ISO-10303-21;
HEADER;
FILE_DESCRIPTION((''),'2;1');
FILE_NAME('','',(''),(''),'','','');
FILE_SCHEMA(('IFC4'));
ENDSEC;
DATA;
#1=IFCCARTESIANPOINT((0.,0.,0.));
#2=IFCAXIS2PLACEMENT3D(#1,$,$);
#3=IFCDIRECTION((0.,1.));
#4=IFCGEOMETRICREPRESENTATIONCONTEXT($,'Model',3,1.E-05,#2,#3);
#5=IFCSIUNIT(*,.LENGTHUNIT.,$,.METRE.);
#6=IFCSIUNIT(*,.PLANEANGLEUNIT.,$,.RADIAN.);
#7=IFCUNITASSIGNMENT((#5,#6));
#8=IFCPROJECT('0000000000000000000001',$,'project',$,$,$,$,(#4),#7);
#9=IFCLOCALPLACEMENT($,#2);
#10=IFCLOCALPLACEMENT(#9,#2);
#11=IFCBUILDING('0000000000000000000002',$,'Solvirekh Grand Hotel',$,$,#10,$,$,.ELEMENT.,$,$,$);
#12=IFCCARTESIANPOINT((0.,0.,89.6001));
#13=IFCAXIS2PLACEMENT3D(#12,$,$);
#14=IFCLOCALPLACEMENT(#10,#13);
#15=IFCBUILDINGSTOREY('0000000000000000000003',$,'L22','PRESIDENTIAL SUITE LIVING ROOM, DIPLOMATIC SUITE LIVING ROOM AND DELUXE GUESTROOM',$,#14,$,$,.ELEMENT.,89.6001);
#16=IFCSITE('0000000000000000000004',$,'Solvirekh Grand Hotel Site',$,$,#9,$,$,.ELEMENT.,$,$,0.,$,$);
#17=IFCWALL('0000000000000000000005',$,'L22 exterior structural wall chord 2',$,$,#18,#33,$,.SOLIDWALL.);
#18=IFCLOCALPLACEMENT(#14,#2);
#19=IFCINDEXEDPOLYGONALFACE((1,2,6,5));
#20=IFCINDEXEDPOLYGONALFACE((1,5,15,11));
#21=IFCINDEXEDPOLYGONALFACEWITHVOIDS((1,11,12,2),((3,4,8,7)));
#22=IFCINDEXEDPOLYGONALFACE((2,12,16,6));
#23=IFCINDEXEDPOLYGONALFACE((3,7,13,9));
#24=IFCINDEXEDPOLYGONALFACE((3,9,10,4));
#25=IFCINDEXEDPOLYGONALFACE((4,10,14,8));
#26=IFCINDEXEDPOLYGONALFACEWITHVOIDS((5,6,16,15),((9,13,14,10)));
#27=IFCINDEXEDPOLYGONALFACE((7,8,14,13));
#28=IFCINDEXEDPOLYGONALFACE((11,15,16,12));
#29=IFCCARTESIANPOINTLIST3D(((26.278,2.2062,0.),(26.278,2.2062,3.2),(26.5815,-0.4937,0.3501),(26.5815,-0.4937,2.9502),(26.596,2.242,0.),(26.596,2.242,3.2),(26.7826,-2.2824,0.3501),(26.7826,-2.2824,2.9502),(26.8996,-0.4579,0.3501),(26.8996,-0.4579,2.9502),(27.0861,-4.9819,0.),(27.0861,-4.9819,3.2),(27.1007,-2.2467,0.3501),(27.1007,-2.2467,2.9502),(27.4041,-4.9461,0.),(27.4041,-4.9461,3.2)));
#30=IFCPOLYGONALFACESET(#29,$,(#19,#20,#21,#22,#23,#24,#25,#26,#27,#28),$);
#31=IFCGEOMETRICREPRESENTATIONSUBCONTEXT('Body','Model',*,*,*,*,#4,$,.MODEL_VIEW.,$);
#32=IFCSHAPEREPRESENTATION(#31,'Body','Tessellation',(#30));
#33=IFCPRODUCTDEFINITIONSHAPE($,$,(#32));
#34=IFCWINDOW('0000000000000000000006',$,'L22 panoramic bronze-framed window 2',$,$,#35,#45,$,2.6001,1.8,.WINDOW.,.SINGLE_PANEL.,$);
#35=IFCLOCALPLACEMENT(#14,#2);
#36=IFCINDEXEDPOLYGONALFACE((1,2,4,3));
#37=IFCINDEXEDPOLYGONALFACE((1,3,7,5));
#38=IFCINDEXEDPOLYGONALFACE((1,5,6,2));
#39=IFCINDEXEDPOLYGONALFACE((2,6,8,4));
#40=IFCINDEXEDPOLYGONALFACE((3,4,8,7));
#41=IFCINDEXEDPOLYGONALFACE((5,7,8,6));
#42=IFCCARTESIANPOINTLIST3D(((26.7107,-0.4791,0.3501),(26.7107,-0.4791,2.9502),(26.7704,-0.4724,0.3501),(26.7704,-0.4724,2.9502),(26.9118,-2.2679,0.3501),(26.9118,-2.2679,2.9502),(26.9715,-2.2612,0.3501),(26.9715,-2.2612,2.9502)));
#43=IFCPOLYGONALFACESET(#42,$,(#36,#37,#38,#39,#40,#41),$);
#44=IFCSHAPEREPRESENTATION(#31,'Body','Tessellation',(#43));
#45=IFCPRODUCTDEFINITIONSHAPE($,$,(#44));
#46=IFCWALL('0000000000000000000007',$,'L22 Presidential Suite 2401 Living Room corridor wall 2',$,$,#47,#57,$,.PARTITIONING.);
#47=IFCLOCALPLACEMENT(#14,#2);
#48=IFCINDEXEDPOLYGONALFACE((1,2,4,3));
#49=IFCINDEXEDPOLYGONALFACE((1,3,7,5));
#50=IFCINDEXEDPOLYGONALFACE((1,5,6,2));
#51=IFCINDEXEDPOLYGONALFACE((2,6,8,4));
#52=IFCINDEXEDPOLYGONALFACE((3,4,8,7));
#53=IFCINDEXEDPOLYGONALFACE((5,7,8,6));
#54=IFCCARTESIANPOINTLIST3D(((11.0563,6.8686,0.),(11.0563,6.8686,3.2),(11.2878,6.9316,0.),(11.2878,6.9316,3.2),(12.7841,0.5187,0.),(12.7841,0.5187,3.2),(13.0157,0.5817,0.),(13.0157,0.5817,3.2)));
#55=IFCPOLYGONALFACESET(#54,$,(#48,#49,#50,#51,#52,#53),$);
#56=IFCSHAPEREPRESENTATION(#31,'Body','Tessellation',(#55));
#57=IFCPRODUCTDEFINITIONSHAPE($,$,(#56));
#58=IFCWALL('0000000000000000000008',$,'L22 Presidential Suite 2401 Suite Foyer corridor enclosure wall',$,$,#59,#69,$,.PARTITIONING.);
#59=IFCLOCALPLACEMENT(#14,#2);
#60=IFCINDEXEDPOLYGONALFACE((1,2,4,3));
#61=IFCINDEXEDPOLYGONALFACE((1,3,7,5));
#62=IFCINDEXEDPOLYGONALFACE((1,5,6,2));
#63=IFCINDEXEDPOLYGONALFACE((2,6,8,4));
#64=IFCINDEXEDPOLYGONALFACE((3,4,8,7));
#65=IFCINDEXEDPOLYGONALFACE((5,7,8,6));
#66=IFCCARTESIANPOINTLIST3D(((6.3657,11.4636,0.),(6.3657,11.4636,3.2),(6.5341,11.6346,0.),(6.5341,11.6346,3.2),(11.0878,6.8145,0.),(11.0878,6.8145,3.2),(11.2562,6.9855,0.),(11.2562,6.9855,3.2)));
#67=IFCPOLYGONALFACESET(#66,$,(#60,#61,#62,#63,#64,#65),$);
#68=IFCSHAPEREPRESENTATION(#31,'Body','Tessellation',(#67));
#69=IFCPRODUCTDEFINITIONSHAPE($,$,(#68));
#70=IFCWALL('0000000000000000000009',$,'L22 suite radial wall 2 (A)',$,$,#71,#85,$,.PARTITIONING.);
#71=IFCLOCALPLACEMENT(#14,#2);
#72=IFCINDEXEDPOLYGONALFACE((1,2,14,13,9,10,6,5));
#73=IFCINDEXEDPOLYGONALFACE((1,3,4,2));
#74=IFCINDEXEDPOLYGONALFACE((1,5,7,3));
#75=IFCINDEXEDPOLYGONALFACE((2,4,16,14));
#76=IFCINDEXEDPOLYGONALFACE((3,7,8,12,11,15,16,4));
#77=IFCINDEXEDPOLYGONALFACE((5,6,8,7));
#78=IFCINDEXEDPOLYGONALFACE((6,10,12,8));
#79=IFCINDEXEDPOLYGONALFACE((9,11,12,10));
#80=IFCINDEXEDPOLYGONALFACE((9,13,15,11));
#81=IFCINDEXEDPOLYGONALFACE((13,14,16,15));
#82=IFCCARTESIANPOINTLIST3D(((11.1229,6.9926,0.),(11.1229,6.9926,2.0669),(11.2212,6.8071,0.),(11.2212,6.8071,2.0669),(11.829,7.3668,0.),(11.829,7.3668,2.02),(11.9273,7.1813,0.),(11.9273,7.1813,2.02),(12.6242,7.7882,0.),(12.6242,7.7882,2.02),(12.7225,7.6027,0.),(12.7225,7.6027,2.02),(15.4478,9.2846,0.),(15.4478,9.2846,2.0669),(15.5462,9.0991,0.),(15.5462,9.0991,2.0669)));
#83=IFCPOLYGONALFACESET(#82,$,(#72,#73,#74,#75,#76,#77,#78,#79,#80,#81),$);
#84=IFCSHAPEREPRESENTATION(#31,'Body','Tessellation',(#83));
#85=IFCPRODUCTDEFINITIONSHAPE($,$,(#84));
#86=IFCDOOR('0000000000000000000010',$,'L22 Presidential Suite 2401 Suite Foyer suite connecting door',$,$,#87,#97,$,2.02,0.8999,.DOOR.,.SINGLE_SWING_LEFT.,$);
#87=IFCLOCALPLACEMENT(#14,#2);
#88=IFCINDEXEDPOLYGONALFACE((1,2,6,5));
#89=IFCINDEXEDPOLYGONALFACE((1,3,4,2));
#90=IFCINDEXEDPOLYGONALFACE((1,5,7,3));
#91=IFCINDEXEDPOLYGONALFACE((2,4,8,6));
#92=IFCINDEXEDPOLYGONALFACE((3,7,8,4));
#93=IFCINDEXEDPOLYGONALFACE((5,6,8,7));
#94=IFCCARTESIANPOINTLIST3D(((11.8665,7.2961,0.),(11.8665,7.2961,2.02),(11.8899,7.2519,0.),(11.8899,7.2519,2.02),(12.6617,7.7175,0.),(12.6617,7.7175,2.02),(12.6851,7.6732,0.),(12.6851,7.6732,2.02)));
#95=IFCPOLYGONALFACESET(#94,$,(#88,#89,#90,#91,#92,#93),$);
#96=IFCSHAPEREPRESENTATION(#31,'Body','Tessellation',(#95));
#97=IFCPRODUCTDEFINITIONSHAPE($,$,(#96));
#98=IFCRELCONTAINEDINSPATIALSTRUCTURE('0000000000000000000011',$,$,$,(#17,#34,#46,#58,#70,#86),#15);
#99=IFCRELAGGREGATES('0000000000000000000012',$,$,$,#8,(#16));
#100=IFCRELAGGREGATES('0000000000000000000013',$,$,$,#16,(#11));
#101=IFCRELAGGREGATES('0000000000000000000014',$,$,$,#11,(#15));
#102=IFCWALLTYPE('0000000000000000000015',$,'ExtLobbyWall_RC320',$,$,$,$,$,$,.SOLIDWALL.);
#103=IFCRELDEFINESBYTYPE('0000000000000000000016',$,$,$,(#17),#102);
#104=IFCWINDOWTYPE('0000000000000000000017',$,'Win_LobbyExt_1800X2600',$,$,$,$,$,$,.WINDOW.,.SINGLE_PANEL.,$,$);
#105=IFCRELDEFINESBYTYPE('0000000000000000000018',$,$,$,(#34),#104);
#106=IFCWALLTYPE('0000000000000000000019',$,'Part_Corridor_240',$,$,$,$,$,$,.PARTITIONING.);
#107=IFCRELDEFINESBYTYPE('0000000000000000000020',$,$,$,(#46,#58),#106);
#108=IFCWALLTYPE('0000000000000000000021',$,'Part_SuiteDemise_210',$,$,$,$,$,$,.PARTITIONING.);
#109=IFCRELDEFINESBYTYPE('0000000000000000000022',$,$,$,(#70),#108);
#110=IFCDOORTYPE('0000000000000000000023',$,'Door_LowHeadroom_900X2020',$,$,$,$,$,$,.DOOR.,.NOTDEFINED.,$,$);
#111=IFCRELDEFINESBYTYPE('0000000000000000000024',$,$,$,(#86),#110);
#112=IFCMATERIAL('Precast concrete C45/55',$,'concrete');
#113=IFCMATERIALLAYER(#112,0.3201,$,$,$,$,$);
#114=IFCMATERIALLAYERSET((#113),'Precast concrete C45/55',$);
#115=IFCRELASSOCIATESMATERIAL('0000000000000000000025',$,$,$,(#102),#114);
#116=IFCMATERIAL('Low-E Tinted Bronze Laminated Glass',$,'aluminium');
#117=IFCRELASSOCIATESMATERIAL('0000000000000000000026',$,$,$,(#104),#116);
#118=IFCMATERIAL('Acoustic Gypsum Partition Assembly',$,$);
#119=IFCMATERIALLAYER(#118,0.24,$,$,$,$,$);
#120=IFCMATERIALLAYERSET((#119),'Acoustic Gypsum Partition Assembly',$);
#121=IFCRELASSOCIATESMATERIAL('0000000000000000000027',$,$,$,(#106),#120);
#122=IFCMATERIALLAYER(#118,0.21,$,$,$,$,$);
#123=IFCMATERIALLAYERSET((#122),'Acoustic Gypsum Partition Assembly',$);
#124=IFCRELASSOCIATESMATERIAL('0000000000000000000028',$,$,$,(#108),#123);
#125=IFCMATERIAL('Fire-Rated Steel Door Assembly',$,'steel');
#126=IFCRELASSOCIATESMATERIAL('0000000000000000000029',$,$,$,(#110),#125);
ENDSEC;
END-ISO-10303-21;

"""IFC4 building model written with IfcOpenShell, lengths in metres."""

from ifc_helpers import new_model, si_unit, direction, frame, frame_2d, origin, place, context, subcontext, project, spatial, rectangle, extrude, material, layer, layer_set, type_object, element, fill, save


model = new_model("IFC4")

# Units and contexts
model_context = context("Model", 3, precision=1e-05, world=origin(), true_north=direction((0.0, 1.0)))
body_context = subcontext(model_context, "Body", "Model", "MODEL_VIEW")
ifc_project = project(units=[si_unit("LENGTHUNIT", "METRE"), si_unit("PLANEANGLEUNIT", "RADIAN")], contexts=[model_context])

# Site, building, storey
site_placement = place(None, origin())
site = spatial("IfcSite", under=ifc_project, at=site_placement, Name="Solvirekh Grand Hotel Site", CompositionType="ELEMENT", RefElevation=0.0)
building_placement = place(site_placement, origin())
building = spatial("IfcBuilding", under=site, at=building_placement, Name="Solvirekh Grand Hotel", CompositionType="ELEMENT")
storey_placement = place(building_placement, frame((0.0, 0.0, 89.6001)))
storey = spatial("IfcBuildingStorey", under=building, at=storey_placement, Name="L22", Description="PRESIDENTIAL SUITE LIVING ROOM, DIPLOMATIC SUITE LIVING ROOM AND DELUXE GUESTROOM", CompositionType="ELEMENT", Elevation=89.6001)

# Shared definitions
ifc_material_1 = material(Name="Low-E Tinted Bronze Laminated Glass", Category="aluminium")

# Wall, opening, window
ifc_material_2 = material(Name="Precast concrete C45/55", Category="concrete")
ifc_layer_1 = layer(ifc_material_2, 0.3201)
ifc_layer_set_1 = layer_set([ifc_layer_1], Name="Precast concrete C45/55")
wall_type_1 = type_object("IfcWallType", Name="ExtLobbyWall_RC320", PredefinedType="SOLIDWALL", material=ifc_layer_set_1)
wall_1_placement = place(storey_placement, frame((26.437, 2.2241, 0.0), z_axis=(0.0, 0.0, 1.0), x_axis=(0.111717, -0.99374, 0.0)))
wall_1 = element("IfcWall", 1, at=wall_1_placement, inside=storey, type_object=wall_type_1, Name="L22 exterior structural wall chord 2", PredefinedType="SOLIDWALL", context=body_context, shape_type="SweptSolid", body=[
    extrude(rectangle(XDim=7.2334, YDim=0.3201, at=frame_2d((3.6167, 0.0))), origin(), (0.0, 0.0, 1.0), 3.2),
])
opening_1_placement = place(wall_1_placement, frame((2.717, 0.0, 0.3501)))
opening_1 = element("IfcOpeningElement", 2, at=opening_1_placement, cuts=wall_1, PredefinedType="OPENING", context=body_context, shape_type="SweptSolid", body=[
    extrude(rectangle(XDim=1.8, YDim=2.6001, at=frame_2d((0.8999, 1.3))), frame((0.0, 0.1699, 0.0), z_axis=(0.0, -1.0, 0.0), x_axis=(1.0, 0.0, 0.0)), (0.0, 0.0, 1.0), 0.3401),
])
window_type = type_object("IfcWindowType", Name="Win_LobbyExt_1800X2600", PartitioningType="SINGLE_PANEL", PredefinedType="WINDOW", material=ifc_material_1)
window_placement = place(opening_1_placement, origin())
window = element("IfcWindow", 3, at=window_placement, inside=storey, type_object=window_type, Name="L22 panoramic bronze-framed window 2", OverallHeight=2.6001, OverallWidth=1.8, PartitioningType="SINGLE_PANEL", PredefinedType="WINDOW", context=body_context, shape_type="SweptSolid", body=[
    extrude(rectangle(XDim=1.8, YDim=2.6001, at=frame_2d((0.8999, 1.3))), frame((0.0, 0.03, 0.0), z_axis=(0.0, -1.0, 0.0), x_axis=(1.0, 0.0, 0.0)), (0.0, 0.0, 1.0), 0.0601),
])
fill(opening_1, window)

# Walls
ifc_material_3 = material(Name="Acoustic Gypsum Partition Assembly")
ifc_layer_2 = layer(ifc_material_3, 0.24)
ifc_layer_set_2 = layer_set([ifc_layer_2], Name="Acoustic Gypsum Partition Assembly")
wall_type_2 = type_object("IfcWallType", Name="Part_Corridor_240", PredefinedType="PARTITIONING", material=ifc_layer_set_2)
wall_2_placement = place(storey_placement, frame((12.8999, 0.55, 0.0), z_axis=(0.0, 0.0, 1.0), x_axis=(-0.262552, 0.964918, 0.0)))
element("IfcWall", 4, at=wall_2_placement, inside=storey, type_object=wall_type_2, Name="L22 Presidential Suite 2401 Living Room corridor wall 2", PredefinedType="PARTITIONING", context=body_context, shape_type="SweptSolid", body=[
    extrude(rectangle(XDim=6.5808, YDim=0.24, at=frame_2d((3.2905, 0.0))), origin(), (0.0, 0.0, 1.0), 3.2),
])
wall_3_placement = place(storey_placement, frame((11.1721, 6.8999, 0.0), z_axis=(0.0, 0.0, 1.0), x_axis=(-0.712593, 0.701577, 0.0)))
element("IfcWall", 5, at=wall_3_placement, inside=storey, type_object=wall_type_2, Name="L22 Presidential Suite 2401 Suite Foyer corridor enclosure wall", PredefinedType="PARTITIONING", context=body_context, shape_type="SweptSolid", body=[
    extrude(rectangle(XDim=6.6267, YDim=0.24, at=frame_2d((3.3135, 0.0))), origin(), (0.0, 0.0, 1.0), 3.2),
])

# Wall, opening, door
ifc_layer_3 = layer(ifc_material_3, 0.21)
ifc_layer_set_3 = layer_set([ifc_layer_3], Name="Acoustic Gypsum Partition Assembly")
wall_type_3 = type_object("IfcWallType", Name="Part_SuiteDemise_210", PredefinedType="PARTITIONING", material=ifc_layer_set_3)
wall_4_placement = place(storey_placement, frame((11.1721, 6.8999, 0.0), z_axis=(0.0, 0.0, 1.0), x_axis=(0.883593, 0.468257, 0.0)))
wall_4 = element("IfcWall", 6, at=wall_4_placement, inside=storey, type_object=wall_type_3, Name="L22 suite radial wall 2 (A)", PredefinedType="PARTITIONING", context=body_context, shape_type="SweptSolid", body=[
    extrude(rectangle(XDim=4.8948, YDim=0.21, at=frame_2d((2.4473, 0.0))), origin(), (0.0, 0.0, 1.0), 2.0669),
])
opening_2_placement = place(wall_4_placement, frame((0.7991, 0.0, 0.0)))
opening_2 = element("IfcOpeningElement", 7, at=opening_2_placement, cuts=wall_4, PredefinedType="OPENING", context=body_context, shape_type="SweptSolid", body=[
    extrude(rectangle(XDim=0.8999, YDim=2.02, at=frame_2d((0.45, 1.01))), frame((0.0, 0.115, 0.0), z_axis=(0.0, -1.0, 0.0), x_axis=(1.0, 0.0, 0.0)), (0.0, 0.0, 1.0), 0.23),
])
ifc_material_4 = material(Name="Fire-Rated Steel Door Assembly", Category="steel")
door_type = type_object("IfcDoorType", Name="Door_LowHeadroom_900X2020", OperationType="NOTDEFINED", PredefinedType="DOOR", material=ifc_material_4)
door_placement = place(opening_2_placement, origin())
door = element("IfcDoor", 8, at=door_placement, inside=storey, type_object=door_type, Name="L22 Presidential Suite 2401 Suite Foyer suite connecting door", OperationType="SINGLE_SWING_LEFT", OverallHeight=2.02, OverallWidth=0.8999, PredefinedType="DOOR", context=body_context, shape_type="SweptSolid", body=[
    extrude(rectangle(XDim=0.8999, YDim=2.02, at=frame_2d((0.45, 1.01))), frame((0.0, 0.0249, 0.0), z_axis=(0.0, -1.0, 0.0), x_axis=(1.0, 0.0, 0.0)), (0.0, 0.0, 1.0), 0.05),
])
fill(opening_2, door)

save(model, "model.ifc")
